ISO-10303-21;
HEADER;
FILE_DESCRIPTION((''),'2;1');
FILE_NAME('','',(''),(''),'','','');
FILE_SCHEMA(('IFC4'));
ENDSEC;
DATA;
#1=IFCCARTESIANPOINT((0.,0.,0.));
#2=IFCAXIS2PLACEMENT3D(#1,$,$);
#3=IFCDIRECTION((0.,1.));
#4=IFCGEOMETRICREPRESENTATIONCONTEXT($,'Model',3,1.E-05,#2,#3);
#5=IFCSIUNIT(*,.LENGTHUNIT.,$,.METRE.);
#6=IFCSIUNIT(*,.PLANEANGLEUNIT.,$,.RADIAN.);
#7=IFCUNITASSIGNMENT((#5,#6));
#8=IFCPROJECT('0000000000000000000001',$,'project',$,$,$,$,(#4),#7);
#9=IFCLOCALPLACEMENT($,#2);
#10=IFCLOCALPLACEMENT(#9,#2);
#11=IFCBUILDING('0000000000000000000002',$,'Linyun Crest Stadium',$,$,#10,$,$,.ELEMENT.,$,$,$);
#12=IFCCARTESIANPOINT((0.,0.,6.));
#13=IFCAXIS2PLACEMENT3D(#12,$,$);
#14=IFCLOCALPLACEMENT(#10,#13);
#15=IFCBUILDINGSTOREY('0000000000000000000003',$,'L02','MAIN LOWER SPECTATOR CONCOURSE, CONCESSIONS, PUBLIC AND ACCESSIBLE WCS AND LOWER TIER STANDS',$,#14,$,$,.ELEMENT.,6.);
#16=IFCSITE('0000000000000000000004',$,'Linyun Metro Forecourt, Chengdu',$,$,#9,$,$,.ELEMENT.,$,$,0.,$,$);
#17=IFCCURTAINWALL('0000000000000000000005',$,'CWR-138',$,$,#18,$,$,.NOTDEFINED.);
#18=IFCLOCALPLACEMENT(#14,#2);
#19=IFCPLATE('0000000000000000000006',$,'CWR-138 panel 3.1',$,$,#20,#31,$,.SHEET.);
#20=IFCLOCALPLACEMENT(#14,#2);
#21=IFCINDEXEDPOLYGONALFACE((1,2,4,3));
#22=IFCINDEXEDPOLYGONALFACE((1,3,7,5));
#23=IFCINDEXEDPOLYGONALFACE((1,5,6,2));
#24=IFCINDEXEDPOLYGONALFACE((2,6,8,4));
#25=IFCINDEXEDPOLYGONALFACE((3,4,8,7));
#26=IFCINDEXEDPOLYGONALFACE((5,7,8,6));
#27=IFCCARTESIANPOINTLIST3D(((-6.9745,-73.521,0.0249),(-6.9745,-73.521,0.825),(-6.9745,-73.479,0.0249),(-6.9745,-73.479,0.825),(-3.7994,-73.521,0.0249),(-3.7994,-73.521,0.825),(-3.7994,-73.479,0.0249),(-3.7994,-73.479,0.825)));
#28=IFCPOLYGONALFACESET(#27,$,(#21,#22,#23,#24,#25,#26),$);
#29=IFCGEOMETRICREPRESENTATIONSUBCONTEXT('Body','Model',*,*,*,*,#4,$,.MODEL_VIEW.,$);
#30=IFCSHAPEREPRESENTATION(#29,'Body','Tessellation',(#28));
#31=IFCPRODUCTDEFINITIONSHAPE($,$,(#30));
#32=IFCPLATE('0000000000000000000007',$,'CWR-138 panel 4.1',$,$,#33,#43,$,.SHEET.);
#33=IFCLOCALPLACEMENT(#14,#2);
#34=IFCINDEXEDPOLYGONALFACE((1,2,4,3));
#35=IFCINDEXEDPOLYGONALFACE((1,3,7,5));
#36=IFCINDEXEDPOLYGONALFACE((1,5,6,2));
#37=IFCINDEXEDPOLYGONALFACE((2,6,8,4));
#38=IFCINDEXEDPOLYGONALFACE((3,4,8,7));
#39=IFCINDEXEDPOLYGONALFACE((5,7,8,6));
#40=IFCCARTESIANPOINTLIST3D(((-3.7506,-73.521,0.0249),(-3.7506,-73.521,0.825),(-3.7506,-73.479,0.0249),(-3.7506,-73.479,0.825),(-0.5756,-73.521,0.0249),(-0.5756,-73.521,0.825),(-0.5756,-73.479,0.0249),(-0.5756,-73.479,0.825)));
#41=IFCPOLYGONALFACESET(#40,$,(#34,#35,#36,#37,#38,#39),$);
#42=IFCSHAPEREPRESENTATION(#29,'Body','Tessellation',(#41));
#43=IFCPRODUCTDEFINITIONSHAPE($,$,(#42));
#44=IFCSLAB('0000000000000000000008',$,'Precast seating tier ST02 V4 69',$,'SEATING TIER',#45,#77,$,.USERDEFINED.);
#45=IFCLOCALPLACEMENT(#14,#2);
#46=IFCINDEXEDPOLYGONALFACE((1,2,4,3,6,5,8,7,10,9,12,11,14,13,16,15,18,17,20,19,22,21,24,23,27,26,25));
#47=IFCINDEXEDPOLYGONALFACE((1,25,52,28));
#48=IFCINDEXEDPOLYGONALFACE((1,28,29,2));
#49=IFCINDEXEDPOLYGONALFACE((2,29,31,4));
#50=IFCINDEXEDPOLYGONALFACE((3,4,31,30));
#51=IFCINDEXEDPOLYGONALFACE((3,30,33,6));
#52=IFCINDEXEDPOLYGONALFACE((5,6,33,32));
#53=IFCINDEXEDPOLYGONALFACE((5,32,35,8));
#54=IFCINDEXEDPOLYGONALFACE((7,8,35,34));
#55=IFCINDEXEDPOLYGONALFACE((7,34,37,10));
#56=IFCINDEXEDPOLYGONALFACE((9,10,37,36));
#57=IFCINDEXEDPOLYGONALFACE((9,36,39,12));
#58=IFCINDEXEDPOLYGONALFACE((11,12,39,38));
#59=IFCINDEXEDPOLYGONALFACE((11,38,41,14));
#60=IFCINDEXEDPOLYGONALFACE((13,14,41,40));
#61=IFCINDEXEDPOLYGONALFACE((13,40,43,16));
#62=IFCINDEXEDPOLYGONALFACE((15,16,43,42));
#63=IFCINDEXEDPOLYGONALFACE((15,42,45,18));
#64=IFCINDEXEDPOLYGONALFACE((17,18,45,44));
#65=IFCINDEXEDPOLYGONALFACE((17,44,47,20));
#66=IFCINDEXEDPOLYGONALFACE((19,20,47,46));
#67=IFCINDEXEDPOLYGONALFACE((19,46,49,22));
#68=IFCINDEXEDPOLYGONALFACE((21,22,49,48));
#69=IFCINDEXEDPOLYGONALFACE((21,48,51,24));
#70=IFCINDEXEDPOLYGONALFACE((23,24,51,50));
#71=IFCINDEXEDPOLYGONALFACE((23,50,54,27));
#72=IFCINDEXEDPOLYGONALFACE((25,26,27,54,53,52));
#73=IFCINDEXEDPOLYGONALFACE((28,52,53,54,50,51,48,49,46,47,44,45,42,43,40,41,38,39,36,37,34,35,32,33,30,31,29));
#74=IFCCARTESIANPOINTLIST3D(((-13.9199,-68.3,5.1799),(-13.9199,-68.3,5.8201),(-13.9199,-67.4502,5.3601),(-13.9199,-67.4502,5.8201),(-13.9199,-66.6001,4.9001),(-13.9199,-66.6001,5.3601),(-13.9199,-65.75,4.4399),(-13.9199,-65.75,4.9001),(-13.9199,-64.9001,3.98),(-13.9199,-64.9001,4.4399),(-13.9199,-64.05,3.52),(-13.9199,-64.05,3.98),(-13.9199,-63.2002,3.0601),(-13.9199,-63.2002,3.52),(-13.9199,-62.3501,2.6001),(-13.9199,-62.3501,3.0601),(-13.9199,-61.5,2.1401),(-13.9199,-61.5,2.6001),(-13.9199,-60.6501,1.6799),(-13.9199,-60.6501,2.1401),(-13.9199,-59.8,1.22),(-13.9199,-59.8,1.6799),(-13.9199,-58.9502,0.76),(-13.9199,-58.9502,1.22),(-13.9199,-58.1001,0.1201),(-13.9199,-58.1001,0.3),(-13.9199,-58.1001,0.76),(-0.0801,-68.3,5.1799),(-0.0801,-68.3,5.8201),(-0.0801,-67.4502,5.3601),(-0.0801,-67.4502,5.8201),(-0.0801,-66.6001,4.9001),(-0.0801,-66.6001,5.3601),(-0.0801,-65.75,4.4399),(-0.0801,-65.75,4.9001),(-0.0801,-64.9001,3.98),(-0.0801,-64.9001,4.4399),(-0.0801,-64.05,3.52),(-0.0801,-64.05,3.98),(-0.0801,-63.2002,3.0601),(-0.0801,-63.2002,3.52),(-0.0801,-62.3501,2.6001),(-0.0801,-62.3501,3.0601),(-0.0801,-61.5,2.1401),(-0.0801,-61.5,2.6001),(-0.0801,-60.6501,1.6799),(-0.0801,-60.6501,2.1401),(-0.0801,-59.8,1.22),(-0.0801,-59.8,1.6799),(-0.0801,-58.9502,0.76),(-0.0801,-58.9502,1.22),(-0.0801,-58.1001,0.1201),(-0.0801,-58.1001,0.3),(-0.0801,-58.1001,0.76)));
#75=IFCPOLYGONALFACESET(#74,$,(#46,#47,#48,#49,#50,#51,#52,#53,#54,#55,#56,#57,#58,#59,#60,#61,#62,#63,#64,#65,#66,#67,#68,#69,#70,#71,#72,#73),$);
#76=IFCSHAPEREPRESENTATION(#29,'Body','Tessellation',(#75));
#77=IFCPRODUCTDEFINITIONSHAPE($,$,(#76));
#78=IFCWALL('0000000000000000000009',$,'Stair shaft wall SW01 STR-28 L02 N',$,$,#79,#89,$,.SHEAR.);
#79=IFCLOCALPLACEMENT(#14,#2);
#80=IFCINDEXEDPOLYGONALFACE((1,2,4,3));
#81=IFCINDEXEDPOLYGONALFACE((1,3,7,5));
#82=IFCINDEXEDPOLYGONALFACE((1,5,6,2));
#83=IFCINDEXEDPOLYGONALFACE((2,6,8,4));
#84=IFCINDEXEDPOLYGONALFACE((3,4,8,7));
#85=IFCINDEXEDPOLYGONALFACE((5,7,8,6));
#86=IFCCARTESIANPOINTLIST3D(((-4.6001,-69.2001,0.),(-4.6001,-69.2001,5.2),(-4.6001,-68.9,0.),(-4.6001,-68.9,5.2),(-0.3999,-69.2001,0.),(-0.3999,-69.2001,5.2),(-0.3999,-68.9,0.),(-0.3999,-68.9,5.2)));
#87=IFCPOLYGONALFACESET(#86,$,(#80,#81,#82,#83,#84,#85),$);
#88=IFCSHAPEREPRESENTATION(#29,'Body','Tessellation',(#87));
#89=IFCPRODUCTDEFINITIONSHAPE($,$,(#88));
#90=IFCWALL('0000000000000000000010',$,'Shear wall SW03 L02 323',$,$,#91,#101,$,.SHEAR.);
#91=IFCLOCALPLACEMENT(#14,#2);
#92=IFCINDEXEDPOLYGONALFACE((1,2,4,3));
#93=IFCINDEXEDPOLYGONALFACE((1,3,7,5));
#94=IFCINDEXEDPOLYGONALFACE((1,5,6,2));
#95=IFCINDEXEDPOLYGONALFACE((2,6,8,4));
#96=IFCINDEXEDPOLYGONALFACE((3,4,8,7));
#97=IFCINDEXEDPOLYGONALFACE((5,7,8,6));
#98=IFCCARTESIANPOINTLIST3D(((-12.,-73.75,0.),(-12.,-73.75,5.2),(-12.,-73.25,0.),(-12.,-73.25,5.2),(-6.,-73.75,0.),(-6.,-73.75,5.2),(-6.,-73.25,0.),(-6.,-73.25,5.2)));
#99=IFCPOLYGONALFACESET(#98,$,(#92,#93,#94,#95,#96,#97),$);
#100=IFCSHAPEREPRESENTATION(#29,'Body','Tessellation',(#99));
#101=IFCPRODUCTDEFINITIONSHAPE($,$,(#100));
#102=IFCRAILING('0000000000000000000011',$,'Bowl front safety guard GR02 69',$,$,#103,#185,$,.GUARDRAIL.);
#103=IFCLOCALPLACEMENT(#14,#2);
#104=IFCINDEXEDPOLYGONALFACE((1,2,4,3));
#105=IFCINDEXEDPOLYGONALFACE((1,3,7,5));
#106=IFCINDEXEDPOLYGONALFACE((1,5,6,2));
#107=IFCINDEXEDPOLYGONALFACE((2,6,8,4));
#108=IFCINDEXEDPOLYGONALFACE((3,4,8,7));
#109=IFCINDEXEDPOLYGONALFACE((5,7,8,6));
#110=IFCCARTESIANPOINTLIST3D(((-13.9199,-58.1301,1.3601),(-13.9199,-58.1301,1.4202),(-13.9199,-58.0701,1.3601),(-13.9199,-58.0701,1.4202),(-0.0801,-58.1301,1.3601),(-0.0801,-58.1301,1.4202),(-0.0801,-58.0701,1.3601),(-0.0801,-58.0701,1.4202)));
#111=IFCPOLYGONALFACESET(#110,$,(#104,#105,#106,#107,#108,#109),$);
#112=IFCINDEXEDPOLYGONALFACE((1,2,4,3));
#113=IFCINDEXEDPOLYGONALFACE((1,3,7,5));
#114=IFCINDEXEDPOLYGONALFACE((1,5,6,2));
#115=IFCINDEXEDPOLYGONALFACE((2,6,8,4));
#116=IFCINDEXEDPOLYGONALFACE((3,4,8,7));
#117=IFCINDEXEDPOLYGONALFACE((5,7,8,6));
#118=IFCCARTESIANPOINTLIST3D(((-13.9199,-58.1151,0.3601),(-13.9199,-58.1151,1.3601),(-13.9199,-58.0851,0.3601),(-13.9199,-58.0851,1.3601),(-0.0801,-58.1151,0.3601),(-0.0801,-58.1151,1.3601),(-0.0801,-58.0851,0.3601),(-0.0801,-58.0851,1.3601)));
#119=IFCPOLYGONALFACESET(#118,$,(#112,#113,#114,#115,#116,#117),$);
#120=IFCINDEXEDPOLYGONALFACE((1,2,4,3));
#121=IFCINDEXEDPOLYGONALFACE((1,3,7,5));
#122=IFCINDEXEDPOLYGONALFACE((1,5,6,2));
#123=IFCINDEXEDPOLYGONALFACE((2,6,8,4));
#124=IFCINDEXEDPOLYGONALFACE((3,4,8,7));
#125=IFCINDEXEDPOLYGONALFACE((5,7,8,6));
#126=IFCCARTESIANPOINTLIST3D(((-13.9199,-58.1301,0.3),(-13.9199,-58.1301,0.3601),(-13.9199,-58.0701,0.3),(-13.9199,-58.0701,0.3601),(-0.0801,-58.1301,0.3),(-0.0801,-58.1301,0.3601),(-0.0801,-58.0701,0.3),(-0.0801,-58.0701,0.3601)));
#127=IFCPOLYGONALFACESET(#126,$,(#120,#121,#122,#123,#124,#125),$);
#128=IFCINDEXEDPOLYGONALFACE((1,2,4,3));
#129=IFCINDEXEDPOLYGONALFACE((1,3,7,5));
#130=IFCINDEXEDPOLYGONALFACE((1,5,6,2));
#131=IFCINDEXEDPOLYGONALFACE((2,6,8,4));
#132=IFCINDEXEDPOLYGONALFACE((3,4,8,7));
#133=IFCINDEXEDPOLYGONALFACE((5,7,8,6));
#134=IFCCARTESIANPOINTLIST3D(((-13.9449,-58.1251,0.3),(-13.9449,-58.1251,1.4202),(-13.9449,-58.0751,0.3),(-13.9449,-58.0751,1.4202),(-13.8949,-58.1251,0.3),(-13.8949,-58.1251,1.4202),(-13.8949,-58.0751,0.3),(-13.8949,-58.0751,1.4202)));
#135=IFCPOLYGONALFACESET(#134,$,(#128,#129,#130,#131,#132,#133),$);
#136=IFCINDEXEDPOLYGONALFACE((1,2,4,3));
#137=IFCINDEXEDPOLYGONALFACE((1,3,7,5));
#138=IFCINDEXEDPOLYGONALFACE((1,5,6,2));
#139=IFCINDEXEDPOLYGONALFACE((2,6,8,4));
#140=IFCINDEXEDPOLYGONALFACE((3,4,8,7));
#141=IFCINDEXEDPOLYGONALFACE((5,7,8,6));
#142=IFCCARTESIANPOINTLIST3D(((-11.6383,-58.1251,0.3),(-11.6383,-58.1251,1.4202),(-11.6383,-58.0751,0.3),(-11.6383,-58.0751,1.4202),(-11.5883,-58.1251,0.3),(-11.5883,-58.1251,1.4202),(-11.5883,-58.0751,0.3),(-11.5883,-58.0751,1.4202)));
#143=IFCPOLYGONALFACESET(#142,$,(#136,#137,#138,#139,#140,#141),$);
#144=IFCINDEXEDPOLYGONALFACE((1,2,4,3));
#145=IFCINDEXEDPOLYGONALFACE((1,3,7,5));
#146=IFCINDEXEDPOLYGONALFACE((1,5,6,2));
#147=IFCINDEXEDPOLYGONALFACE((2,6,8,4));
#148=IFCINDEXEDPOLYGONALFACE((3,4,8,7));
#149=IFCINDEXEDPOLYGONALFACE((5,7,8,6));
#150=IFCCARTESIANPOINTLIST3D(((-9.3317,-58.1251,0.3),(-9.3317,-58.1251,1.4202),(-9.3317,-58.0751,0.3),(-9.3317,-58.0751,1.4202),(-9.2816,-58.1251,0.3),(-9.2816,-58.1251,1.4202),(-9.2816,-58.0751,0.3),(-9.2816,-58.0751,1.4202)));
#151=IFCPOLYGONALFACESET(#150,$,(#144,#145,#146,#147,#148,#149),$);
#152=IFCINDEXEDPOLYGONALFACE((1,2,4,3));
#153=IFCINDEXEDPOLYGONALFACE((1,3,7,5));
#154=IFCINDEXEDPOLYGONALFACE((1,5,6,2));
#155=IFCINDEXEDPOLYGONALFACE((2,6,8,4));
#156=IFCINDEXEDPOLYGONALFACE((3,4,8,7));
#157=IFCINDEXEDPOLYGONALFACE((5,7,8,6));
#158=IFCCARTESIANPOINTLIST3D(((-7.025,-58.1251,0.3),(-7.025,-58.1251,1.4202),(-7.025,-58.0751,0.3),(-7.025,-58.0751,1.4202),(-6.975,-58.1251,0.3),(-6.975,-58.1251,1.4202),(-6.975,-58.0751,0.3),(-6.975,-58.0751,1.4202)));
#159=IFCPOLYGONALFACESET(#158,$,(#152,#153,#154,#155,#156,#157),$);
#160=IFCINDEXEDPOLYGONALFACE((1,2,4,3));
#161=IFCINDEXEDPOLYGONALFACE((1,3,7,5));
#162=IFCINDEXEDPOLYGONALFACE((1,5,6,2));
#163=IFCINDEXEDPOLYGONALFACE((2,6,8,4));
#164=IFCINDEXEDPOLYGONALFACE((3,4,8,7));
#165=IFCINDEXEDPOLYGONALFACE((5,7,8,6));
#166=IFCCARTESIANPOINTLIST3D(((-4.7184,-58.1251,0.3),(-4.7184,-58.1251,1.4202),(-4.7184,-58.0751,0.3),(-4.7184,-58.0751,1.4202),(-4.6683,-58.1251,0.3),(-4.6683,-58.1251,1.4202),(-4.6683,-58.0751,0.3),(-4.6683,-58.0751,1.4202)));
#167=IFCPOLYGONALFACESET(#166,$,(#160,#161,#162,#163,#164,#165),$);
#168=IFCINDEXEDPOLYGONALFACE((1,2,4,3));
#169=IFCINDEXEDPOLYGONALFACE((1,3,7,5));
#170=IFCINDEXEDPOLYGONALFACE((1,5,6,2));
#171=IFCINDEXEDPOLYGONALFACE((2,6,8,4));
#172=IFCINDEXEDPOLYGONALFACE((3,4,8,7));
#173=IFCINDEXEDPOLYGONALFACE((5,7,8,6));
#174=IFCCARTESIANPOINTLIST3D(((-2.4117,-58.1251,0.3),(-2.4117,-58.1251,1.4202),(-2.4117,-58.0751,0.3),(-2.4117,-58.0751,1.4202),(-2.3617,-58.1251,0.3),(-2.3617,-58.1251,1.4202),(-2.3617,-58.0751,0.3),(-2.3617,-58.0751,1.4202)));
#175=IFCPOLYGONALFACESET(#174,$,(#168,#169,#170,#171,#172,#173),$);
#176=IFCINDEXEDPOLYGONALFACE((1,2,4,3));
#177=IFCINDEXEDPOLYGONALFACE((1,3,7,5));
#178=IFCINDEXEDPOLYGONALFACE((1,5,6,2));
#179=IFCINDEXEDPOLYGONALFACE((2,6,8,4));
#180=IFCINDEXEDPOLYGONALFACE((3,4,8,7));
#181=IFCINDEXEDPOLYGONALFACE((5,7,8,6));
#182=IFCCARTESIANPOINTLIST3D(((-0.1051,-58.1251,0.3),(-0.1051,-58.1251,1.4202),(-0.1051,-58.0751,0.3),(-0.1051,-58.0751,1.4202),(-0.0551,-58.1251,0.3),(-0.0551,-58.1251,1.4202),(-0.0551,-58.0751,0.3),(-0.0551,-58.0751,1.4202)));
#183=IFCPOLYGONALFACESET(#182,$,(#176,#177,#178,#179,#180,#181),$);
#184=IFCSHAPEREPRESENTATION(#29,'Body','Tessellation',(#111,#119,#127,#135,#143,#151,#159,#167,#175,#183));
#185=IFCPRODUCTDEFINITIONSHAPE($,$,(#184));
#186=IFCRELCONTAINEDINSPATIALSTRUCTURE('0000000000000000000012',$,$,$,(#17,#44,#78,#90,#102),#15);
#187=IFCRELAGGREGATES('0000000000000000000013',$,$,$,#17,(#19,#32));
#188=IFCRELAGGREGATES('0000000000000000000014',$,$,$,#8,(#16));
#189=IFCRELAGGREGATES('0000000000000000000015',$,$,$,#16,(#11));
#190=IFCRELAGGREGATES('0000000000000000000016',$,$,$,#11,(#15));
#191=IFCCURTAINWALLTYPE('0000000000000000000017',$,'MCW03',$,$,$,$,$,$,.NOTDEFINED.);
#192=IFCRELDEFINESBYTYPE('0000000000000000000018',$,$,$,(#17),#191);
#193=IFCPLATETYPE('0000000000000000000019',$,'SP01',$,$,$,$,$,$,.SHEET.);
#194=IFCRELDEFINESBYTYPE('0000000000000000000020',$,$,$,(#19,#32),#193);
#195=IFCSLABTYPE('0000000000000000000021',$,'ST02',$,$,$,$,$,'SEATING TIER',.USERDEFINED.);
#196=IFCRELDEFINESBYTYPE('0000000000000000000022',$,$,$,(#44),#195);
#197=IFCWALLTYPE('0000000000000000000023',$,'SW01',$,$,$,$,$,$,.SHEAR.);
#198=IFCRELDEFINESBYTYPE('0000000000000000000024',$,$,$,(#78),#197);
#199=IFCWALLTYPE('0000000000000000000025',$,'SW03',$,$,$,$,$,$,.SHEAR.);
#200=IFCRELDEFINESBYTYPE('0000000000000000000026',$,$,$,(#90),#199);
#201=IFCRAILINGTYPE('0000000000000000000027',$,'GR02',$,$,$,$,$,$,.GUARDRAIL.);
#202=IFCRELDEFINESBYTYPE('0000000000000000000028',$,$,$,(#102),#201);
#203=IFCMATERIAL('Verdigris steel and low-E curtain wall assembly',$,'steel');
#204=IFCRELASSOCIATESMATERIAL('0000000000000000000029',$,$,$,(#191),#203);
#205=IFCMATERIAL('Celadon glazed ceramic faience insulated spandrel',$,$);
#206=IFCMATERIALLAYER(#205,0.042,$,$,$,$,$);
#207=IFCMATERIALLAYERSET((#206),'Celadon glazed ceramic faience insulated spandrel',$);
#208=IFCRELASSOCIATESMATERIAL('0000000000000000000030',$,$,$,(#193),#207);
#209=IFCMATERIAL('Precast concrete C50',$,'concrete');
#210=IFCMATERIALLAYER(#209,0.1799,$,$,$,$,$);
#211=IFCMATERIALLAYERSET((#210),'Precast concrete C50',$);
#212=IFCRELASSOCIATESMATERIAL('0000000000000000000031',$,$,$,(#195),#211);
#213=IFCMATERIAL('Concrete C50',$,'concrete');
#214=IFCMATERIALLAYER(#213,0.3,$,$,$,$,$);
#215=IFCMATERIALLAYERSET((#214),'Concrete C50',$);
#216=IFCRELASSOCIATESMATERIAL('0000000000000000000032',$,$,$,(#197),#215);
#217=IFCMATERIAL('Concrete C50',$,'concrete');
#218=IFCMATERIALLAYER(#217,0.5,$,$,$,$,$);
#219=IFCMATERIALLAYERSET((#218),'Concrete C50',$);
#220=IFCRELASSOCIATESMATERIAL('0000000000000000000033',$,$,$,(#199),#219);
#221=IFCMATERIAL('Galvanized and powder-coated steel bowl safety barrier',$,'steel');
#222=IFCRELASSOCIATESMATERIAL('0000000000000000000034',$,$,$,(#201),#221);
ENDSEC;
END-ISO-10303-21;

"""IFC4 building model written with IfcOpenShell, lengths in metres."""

from ifc_helpers import new_model, si_unit, direction, frame, frame_2d, origin, origin_2d, place, context, subcontext, project, spatial, polyline, rectangle, outline, extrude, material, layer, layer_set, type_object, element, aggregate, save


model = new_model("IFC4")

# Units and contexts
model_context = context("Model", 3, precision=1e-05, world=origin(), true_north=direction((0.0, 1.0)))
body_context = subcontext(model_context, "Body", "Model", "MODEL_VIEW")
ifc_project = project(units=[si_unit("LENGTHUNIT", "METRE"), si_unit("PLANEANGLEUNIT", "RADIAN")], contexts=[model_context])

# Site, building, storey
site_placement = place(None, origin())
site = spatial("IfcSite", under=ifc_project, at=site_placement, Name="Linyun Metro Forecourt, Chengdu", CompositionType="ELEMENT", RefElevation=0.0)
building_placement = place(site_placement, origin())
building = spatial("IfcBuilding", under=site, at=building_placement, Name="Linyun Crest Stadium", CompositionType="ELEMENT")
storey_placement = place(building_placement, frame((0.0, 0.0, 6.0)))
storey = spatial("IfcBuildingStorey", under=building, at=storey_placement, Name="L02", Description="MAIN LOWER SPECTATOR CONCOURSE, CONCESSIONS, PUBLIC AND ACCESSIBLE WCS AND LOWER TIER STANDS", CompositionType="ELEMENT", Elevation=6.0)

# Curtain wall, plates
ifc_material_1 = material(Name="Verdigris steel and low-E curtain wall assembly", Category="steel")
curtain_wall_type = type_object("IfcCurtainWallType", Name="MCW03", PredefinedType="NOTDEFINED", material=ifc_material_1)
curtain_wall_placement = place(storey_placement, origin())
curtain_wall = element("IfcCurtainWall", 1, at=curtain_wall_placement, inside=storey, type_object=curtain_wall_type, Name="CWR-138", PredefinedType="NOTDEFINED")
ifc_material_2 = material(Name="Celadon glazed ceramic faience insulated spandrel")
ifc_layer_1 = layer(ifc_material_2, 0.042)
ifc_layer_set_1 = layer_set([ifc_layer_1], Name="Celadon glazed ceramic faience insulated spandrel")
plate_type_1 = type_object("IfcPlateType", Name="SP01", PredefinedType="SHEET", material=ifc_layer_set_1)
plate_1_placement = place(storey_placement, frame((-5.387, -73.5, 0.0249), z_axis=(0.0, 0.0, 1.0), x_axis=(1.0, 0.0, 0.0)))
plate_1 = element("IfcPlate", 2, at=plate_1_placement, type_object=plate_type_1, Name="CWR-138 panel 3.1", PredefinedType="SHEET", context=body_context, shape_type="SweptSolid", body=[
    extrude(rectangle(XDim=3.175, YDim=0.042, at=origin_2d()), origin(), (0.0, 0.0, 1.0), 0.8),
])
plate_2_placement = place(storey_placement, frame((-2.1631, -73.5, 0.0249), z_axis=(0.0, 0.0, 1.0), x_axis=(1.0, 0.0, 0.0)))
plate_2 = element("IfcPlate", 3, at=plate_2_placement, type_object=plate_type_1, Name="CWR-138 panel 4.1", PredefinedType="SHEET", context=body_context, shape_type="SweptSolid", body=[
    extrude(rectangle(XDim=3.175, YDim=0.042, at=origin_2d()), origin(), (0.0, 0.0, 1.0), 0.8),
])
aggregate(curtain_wall, [plate_1, plate_2])

# Slab
ifc_material_3 = material(Name="Precast concrete C50", Category="concrete")
ifc_layer_2 = layer(ifc_material_3, 0.1799)
ifc_layer_set_2 = layer_set([ifc_layer_2], Name="Precast concrete C50")
slab_type = type_object("IfcSlabType", Name="ST02", ElementType="SEATING TIER", PredefinedType="USERDEFINED", material=ifc_layer_set_2)
slab_placement = place(storey_placement, frame((-13.9199, -58.1001, 0.3), z_axis=(0.0, 0.0, 1.0), x_axis=(0.0, -1.0, 0.0)))
element("IfcSlab", 4, at=slab_placement, inside=storey, type_object=slab_type, Name="Precast seating tier ST02 V4 69", ObjectType="SEATING TIER", PredefinedType="USERDEFINED", context=body_context, shape_type="SweptSolid", body=[
    extrude(outline(polyline([(0.0, 0.0), (0.0, -0.46), (0.8501, -0.46), (0.8501, -0.9199), (1.7, -0.9199), (1.7, -1.3799), (2.55, -1.3799), (2.55, -1.8401), (3.3999, -1.8401), (3.3999, -2.3), (4.25, -2.3), (4.25, -2.76), (5.1001, -2.76), (5.1001, -3.22), (5.95, -3.22), (5.95, -3.6799), (6.8, -3.6799), (6.8, -4.1399), (7.6499, -4.1399), (7.6499, -4.6001), (8.5, -4.6001), (8.5, -5.0601), (9.3501, -5.0601), (9.3501, -5.52), (10.2, -5.52), (10.2, -4.8799), (0.0, 0.1799), (0.0, 0.0)])), frame((0.0, 0.0, 0.0), z_axis=(0.0, 1.0, 0.0), x_axis=(1.0, 0.0, 0.0)), (0.0, 0.0, 1.0), 13.8398),
])

# Walls
ifc_material_4 = material(Name="Concrete C50", Category="concrete")
ifc_layer_3 = layer(ifc_material_4, 0.3)
ifc_layer_set_3 = layer_set([ifc_layer_3], Name="Concrete C50")
wall_type_1 = type_object("IfcWallType", Name="SW01", PredefinedType="SHEAR", material=ifc_layer_set_3)
wall_1_placement = place(storey_placement, frame((-4.6001, -69.05, 0.0), z_axis=(0.0, 0.0, 1.0), x_axis=(1.0, 0.0, 0.0)))
element("IfcWall", 5, at=wall_1_placement, inside=storey, type_object=wall_type_1, Name="Stair shaft wall SW01 STR-28 L02 N", PredefinedType="SHEAR", context=body_context, shape_type="SweptSolid", body=[
    extrude(rectangle(XDim=4.2002, YDim=0.3, at=frame_2d((2.1001, 0.0))), origin(), (0.0, 0.0, 1.0), 5.2),
])
ifc_material_5 = material(Name="Concrete C50", Category="concrete")
ifc_layer_4 = layer(ifc_material_5, 0.5)
ifc_layer_set_4 = layer_set([ifc_layer_4], Name="Concrete C50")
wall_type_2 = type_object("IfcWallType", Name="SW03", PredefinedType="SHEAR", material=ifc_layer_set_4)
wall_2_placement = place(storey_placement, frame((-12.0, -73.5, 0.0), z_axis=(0.0, 0.0, 1.0), x_axis=(1.0, 0.0, 0.0)))
element("IfcWall", 6, at=wall_2_placement, inside=storey, type_object=wall_type_2, Name="Shear wall SW03 L02 323", PredefinedType="SHEAR", context=body_context, shape_type="SweptSolid", body=[
    extrude(rectangle(XDim=6.0, YDim=0.5, at=frame_2d((3.0, 0.0))), origin(), (0.0, 0.0, 1.0), 5.2),
])

# Railing
ifc_material_6 = material(Name="Galvanized and powder-coated steel bowl safety barrier", Category="steel")
railing_type = type_object("IfcRailingType", Name="GR02", PredefinedType="GUARDRAIL", material=ifc_material_6)
railing_placement = place(storey_placement, frame((-13.9199, -58.1001, 0.3)))
element("IfcRailing", 7, at=railing_placement, inside=storey, type_object=railing_type, Name="Bowl front safety guard GR02 69", PredefinedType="GUARDRAIL", context=body_context, shape_type="SweptSolid", body=[
    extrude(rectangle(XDim=0.0601, YDim=0.0601, at=origin_2d()), frame((0.0, 0.0, 1.0901), z_axis=(1.0, 0.0, 0.0), x_axis=(0.0, 1.0, 0.0)), (0.0, 0.0, 1.0), 13.8398),
    extrude(rectangle(XDim=0.03, YDim=1.0, at=origin_2d()), frame((0.0, 0.0, 0.5601), z_axis=(1.0, 0.0, 0.0), x_axis=(0.0, 1.0, 0.0)), (0.0, 0.0, 1.0), 13.8398),
    extrude(rectangle(XDim=0.0601, YDim=0.0601, at=origin_2d()), frame((0.0, 0.0, 0.03), z_axis=(1.0, 0.0, 0.0), x_axis=(0.0, 1.0, 0.0)), (0.0, 0.0, 1.0), 13.8398),
    extrude(rectangle(XDim=0.05, YDim=0.05, at=origin_2d()), origin(), (0.0, 0.0, 1.0), 1.1201),
    extrude(rectangle(XDim=0.05, YDim=0.05, at=origin_2d()), frame((2.3066, 0.0, 0.0)), (0.0, 0.0, 1.0), 1.1201),
    extrude(rectangle(XDim=0.05, YDim=0.05, at=origin_2d()), frame((4.6133, 0.0, 0.0)), (0.0, 0.0, 1.0), 1.1201),
    extrude(rectangle(XDim=0.05, YDim=0.05, at=origin_2d()), frame((6.9199, 0.0, 0.0)), (0.0, 0.0, 1.0), 1.1201),
    extrude(rectangle(XDim=0.05, YDim=0.05, at=origin_2d()), frame((9.2266, 0.0, 0.0)), (0.0, 0.0, 1.0), 1.1201),
    extrude(rectangle(XDim=0.05, YDim=0.05, at=origin_2d()), frame((11.5332, 0.0, 0.0)), (0.0, 0.0, 1.0), 1.1201),
    extrude(rectangle(XDim=0.05, YDim=0.05, at=origin_2d()), frame((13.8398, 0.0, 0.0)), (0.0, 0.0, 1.0), 1.1201),
])

save(model, "model.ifc")
